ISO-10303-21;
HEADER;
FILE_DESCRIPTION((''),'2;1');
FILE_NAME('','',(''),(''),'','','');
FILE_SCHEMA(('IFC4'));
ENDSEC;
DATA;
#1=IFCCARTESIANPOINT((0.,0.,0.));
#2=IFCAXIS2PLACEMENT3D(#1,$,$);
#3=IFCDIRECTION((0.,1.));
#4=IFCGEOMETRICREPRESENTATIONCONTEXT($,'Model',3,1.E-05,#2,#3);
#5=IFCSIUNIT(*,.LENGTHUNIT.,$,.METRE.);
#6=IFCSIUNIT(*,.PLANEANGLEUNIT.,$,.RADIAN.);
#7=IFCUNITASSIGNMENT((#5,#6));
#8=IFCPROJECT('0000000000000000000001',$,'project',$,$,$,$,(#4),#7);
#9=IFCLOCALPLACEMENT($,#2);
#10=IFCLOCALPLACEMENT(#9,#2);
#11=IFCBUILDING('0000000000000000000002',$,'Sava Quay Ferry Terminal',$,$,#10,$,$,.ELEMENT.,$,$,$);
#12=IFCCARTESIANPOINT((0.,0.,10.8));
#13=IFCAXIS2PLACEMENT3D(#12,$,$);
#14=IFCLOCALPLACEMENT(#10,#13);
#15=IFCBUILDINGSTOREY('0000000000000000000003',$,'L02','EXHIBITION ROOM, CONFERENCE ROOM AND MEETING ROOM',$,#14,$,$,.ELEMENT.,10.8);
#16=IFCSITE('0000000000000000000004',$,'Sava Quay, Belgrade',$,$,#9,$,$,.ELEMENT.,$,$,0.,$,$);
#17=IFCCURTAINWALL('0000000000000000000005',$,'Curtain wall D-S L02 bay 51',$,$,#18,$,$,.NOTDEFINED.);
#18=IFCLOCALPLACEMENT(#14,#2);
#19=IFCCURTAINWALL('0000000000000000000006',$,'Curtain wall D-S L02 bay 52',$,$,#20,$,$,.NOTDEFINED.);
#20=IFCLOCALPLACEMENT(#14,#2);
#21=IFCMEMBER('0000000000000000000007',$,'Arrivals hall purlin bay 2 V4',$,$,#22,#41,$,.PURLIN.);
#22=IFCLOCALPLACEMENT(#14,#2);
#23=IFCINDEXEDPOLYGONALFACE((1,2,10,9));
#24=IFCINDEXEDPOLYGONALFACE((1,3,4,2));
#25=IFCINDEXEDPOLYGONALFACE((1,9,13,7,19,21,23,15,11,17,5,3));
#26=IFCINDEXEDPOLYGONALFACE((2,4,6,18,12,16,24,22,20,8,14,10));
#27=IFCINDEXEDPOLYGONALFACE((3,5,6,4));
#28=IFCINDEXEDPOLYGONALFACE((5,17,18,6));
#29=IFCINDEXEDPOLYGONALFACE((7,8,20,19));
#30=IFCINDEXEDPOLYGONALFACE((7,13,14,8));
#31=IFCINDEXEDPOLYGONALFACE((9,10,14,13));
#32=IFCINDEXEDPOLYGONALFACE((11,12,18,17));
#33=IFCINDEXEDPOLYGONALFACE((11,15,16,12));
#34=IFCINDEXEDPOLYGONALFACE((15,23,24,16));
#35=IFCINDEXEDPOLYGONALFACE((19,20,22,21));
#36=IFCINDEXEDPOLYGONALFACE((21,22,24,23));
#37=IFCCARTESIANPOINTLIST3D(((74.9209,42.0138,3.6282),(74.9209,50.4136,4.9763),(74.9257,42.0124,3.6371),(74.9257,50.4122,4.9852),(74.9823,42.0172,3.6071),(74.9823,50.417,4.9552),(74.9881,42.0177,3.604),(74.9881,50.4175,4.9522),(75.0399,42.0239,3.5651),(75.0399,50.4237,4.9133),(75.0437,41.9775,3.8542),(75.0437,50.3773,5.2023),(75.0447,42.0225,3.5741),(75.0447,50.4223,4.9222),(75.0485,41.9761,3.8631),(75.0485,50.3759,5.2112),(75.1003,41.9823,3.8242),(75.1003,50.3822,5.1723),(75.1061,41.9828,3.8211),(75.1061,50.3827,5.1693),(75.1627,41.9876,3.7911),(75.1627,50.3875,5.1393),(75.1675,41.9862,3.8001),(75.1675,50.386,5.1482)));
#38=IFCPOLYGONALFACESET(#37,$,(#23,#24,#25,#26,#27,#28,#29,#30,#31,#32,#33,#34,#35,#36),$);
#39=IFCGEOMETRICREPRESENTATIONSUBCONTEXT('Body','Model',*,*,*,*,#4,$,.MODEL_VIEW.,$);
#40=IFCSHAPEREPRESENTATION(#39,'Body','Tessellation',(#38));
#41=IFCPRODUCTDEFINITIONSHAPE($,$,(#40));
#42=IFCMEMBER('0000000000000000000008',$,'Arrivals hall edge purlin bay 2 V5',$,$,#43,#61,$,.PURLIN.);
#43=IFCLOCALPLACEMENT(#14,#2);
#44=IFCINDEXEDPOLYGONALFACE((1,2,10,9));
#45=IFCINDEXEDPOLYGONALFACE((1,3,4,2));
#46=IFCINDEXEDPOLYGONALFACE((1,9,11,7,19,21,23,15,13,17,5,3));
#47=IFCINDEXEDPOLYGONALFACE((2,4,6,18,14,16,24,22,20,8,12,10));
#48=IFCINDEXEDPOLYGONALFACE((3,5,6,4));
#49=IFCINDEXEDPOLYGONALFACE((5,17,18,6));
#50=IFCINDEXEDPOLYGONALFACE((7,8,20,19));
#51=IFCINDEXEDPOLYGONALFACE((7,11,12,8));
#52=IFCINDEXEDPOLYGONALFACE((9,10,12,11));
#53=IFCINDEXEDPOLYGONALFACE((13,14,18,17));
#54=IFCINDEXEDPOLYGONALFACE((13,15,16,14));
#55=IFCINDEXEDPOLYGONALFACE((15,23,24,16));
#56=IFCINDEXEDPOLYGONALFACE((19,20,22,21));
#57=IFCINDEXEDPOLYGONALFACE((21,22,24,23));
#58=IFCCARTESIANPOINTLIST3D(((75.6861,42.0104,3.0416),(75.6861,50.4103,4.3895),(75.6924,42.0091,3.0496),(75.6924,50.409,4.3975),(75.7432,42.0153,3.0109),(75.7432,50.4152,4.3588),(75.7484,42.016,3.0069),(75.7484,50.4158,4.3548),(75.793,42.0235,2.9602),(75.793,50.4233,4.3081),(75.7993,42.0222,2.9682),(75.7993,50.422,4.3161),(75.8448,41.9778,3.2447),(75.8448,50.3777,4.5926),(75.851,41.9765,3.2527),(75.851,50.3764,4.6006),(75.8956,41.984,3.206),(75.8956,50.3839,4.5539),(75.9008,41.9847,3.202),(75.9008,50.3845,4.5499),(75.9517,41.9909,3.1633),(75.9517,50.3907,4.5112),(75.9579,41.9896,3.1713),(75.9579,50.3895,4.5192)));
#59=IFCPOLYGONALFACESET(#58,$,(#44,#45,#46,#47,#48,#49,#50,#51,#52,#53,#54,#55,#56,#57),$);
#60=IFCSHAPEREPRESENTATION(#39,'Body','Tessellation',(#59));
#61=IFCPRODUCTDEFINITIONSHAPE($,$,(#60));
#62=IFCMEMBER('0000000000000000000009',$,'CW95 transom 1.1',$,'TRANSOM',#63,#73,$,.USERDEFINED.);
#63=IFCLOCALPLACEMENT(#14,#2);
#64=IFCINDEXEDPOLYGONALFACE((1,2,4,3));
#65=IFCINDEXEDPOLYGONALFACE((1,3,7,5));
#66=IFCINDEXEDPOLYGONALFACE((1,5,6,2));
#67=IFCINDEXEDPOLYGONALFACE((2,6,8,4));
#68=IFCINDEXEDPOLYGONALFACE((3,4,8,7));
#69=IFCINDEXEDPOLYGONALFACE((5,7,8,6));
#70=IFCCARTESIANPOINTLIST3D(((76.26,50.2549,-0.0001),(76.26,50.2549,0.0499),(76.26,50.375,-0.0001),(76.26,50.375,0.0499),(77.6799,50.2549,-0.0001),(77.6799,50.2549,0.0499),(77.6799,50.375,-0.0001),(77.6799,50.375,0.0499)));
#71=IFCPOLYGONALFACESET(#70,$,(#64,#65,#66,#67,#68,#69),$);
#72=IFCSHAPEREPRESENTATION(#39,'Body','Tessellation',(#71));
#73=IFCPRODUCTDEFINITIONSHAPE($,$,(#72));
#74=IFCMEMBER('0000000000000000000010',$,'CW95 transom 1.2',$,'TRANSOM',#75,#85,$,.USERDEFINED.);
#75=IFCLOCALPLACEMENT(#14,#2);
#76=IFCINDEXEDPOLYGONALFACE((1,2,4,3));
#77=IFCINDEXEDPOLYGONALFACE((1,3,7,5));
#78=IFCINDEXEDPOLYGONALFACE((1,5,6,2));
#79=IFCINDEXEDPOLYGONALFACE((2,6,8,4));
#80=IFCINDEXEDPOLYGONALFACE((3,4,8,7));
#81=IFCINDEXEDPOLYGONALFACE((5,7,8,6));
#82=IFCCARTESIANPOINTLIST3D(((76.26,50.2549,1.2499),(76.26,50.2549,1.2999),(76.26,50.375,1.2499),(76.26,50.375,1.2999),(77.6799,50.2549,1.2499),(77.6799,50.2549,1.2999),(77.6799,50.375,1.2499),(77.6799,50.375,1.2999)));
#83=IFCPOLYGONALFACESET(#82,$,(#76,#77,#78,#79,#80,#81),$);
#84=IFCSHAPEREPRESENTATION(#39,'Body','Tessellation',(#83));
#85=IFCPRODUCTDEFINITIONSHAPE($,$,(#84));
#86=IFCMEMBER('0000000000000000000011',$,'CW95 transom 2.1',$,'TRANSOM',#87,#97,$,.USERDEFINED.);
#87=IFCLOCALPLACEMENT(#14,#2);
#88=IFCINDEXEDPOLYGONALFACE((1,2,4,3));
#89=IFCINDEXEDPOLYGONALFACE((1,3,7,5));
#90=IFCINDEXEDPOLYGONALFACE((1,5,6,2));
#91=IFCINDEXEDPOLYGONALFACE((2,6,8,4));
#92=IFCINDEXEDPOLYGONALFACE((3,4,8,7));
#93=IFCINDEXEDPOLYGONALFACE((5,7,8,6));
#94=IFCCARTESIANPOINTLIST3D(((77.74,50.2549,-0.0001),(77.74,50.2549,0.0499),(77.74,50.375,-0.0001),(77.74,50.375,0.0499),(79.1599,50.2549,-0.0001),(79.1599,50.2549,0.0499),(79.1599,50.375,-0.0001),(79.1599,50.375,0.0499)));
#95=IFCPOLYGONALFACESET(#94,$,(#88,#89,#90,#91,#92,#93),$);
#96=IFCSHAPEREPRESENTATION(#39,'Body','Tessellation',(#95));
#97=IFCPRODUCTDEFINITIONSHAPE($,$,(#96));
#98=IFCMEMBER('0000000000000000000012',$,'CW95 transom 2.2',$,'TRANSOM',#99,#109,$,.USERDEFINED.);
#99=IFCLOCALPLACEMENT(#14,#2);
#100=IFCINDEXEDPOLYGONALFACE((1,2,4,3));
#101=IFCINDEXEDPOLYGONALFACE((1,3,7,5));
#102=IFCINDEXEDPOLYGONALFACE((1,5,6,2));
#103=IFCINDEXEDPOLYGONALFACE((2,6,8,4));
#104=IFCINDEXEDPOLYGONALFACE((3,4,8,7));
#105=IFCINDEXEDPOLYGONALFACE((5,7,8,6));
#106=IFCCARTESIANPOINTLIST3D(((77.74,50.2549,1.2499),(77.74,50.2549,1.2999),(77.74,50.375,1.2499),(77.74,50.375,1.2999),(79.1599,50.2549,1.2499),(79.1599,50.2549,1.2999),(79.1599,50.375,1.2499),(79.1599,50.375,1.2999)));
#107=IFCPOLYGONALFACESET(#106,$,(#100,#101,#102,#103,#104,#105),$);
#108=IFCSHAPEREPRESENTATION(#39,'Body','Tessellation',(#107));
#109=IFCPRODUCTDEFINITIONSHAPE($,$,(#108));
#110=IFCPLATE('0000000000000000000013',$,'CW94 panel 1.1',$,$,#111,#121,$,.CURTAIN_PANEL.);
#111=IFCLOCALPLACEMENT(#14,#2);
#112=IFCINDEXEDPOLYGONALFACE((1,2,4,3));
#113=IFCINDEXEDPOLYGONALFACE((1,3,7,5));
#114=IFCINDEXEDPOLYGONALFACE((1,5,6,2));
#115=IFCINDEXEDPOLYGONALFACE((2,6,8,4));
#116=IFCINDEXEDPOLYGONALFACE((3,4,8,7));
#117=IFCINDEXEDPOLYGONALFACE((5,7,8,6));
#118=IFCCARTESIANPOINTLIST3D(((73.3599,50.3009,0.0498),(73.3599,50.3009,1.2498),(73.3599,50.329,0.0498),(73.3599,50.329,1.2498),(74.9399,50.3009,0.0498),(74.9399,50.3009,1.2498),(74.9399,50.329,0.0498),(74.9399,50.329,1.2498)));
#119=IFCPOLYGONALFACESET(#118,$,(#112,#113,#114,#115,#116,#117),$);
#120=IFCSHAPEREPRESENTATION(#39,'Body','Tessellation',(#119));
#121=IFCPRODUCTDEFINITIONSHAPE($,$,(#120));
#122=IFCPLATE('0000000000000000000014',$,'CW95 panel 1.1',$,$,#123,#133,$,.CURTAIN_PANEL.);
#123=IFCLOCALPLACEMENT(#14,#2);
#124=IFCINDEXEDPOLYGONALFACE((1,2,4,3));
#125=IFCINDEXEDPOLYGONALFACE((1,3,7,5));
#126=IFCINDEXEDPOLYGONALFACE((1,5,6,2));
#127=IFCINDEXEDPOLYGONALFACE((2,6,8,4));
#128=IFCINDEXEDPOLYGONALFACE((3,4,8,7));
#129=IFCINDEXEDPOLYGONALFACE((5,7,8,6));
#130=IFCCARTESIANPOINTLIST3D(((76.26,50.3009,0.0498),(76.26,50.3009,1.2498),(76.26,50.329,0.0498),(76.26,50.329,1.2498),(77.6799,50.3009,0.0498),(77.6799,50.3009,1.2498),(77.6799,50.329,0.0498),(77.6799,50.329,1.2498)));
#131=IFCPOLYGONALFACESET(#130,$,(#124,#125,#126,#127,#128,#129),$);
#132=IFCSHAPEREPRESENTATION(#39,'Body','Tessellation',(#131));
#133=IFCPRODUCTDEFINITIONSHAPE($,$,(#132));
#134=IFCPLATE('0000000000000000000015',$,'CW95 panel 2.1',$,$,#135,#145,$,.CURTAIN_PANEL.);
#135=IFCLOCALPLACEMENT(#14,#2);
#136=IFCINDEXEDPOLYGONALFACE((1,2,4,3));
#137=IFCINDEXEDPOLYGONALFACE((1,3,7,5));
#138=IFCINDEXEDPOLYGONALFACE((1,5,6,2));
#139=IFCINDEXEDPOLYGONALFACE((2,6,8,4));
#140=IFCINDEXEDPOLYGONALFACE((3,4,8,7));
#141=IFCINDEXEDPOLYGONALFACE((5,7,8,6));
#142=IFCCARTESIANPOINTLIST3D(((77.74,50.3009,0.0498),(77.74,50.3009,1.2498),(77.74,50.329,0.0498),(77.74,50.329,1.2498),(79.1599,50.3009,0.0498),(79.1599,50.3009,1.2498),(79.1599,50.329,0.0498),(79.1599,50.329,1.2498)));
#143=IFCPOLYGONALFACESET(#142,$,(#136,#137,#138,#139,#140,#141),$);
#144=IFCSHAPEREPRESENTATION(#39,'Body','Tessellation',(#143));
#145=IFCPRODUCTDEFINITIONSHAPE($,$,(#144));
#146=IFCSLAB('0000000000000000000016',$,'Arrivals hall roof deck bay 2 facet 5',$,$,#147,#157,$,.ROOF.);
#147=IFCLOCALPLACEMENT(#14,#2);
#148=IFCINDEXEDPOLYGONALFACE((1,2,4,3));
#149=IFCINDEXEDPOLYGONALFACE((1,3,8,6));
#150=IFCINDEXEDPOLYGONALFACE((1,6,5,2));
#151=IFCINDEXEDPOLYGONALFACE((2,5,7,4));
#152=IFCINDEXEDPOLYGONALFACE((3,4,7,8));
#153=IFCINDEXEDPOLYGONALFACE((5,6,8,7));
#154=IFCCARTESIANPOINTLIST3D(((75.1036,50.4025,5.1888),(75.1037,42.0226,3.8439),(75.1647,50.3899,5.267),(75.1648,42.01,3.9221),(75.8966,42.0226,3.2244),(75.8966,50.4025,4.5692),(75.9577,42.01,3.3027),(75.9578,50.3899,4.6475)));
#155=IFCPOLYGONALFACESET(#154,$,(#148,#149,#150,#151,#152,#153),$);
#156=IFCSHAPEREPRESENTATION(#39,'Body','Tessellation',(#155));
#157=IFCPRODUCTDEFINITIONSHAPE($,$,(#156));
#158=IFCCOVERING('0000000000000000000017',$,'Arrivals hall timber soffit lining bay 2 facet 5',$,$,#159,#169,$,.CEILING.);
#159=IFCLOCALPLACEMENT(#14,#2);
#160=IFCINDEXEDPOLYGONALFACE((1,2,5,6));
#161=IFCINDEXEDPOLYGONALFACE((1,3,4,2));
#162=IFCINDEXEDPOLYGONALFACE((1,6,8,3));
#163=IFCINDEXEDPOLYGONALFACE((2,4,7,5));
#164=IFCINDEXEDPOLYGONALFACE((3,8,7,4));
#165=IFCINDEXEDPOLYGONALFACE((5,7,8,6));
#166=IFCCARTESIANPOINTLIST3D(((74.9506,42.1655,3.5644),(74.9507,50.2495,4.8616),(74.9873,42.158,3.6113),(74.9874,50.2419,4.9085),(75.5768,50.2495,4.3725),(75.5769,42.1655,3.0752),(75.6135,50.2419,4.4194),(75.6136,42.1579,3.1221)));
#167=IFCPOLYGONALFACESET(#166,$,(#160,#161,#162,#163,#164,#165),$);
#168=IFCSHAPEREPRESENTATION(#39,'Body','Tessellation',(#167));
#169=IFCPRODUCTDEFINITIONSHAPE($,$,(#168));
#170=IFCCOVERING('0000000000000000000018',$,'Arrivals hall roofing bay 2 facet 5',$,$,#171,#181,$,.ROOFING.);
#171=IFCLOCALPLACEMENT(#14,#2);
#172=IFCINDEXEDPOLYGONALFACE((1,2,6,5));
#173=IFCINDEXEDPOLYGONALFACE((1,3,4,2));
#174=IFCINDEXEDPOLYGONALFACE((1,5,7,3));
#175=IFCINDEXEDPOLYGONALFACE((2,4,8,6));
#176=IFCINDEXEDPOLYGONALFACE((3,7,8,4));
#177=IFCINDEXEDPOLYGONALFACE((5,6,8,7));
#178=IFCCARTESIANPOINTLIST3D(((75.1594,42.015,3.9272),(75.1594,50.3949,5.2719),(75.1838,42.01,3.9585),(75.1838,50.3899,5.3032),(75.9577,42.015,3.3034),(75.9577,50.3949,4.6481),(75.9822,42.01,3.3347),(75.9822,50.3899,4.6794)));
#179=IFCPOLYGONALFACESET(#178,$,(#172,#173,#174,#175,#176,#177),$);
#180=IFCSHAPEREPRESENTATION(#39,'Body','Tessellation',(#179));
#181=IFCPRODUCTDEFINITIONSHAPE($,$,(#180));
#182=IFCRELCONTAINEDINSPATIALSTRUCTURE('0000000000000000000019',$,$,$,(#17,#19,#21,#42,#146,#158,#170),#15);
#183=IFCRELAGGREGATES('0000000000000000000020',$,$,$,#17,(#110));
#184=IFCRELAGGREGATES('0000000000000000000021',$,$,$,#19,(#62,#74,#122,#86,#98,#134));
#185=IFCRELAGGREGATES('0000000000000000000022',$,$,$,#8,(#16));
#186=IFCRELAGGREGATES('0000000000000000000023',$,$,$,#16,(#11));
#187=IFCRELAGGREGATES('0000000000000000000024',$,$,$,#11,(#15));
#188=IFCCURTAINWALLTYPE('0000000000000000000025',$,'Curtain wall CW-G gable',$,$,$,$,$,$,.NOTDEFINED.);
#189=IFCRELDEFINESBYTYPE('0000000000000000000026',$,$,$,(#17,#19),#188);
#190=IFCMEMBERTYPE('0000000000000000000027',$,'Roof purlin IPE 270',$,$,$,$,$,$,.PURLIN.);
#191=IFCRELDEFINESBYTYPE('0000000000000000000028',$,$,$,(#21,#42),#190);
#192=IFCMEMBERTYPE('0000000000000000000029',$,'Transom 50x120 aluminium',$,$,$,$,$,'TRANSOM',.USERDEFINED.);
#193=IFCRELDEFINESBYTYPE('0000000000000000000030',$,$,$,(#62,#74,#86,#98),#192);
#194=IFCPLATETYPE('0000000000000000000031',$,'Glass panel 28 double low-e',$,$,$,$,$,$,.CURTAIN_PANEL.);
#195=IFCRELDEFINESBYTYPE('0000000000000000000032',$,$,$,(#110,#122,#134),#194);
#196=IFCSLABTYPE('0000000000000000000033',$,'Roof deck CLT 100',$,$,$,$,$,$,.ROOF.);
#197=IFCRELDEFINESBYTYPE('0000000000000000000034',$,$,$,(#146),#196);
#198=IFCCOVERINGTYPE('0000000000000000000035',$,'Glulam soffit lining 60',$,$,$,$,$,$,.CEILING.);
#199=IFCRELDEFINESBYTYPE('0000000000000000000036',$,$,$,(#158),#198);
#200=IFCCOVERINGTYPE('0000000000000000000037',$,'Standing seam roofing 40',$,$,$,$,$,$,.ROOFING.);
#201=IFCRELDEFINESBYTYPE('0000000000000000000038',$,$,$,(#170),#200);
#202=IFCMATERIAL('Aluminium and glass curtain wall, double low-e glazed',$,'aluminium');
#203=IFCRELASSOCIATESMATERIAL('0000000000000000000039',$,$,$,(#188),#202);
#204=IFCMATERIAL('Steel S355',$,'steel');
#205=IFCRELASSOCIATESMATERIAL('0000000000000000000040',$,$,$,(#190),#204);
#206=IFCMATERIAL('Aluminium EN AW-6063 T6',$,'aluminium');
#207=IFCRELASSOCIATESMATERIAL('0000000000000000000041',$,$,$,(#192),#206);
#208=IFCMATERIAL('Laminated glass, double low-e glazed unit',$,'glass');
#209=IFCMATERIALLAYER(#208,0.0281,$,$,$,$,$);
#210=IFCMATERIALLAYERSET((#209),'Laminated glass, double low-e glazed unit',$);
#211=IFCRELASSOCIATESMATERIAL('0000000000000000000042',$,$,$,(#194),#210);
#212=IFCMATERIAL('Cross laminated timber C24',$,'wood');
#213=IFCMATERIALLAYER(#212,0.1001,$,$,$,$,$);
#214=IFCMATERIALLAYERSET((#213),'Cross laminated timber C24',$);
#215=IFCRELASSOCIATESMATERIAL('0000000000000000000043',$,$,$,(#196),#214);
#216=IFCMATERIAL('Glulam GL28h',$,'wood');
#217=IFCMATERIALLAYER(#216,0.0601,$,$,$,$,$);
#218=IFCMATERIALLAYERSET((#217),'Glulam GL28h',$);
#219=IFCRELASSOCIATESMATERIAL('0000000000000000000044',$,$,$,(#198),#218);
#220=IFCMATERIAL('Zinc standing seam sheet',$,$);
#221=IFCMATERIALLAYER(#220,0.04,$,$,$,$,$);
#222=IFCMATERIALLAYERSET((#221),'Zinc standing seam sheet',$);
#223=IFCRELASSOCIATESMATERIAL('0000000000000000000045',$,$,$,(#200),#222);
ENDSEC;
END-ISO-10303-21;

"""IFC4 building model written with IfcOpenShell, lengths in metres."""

from ifc_helpers import new_model, si_unit, direction, frame, origin, origin_2d, place, context, subcontext, project, spatial, polyline, rectangle, i_section, outline, extrude, material, layer, layer_set, material_profile, profile_set, type_object, element, aggregate, save


model = new_model("IFC4")

# Units and contexts
model_context = context("Model", 3, precision=1e-05, world=origin(), true_north=direction((0.0, 1.0)))
body_context = subcontext(model_context, "Body", "Model", "MODEL_VIEW")
ifc_project = project(units=[si_unit("LENGTHUNIT", "METRE"), si_unit("PLANEANGLEUNIT", "RADIAN")], contexts=[model_context])

# Site, building, storey
site_placement = place(None, origin())
site = spatial("IfcSite", under=ifc_project, at=site_placement, Name="Sava Quay, Belgrade", CompositionType="ELEMENT", RefElevation=0.0)
building_placement = place(site_placement, origin())
building = spatial("IfcBuilding", under=site, at=building_placement, Name="Sava Quay Ferry Terminal", CompositionType="ELEMENT")
storey_placement = place(building_placement, frame((0.0, 0.0, 10.8)))
storey = spatial("IfcBuildingStorey", under=building, at=storey_placement, Name="L02", Description="EXHIBITION ROOM, CONFERENCE ROOM AND MEETING ROOM", CompositionType="ELEMENT", Elevation=10.8)

# Curtain wall
ifc_material_1 = material(Name="Aluminium and glass curtain wall, double low-e glazed", Category="aluminium")
curtain_wall_type = type_object("IfcCurtainWallType", Name="Curtain wall CW-G gable", PredefinedType="NOTDEFINED", material=ifc_material_1)
curtain_wall_1_placement = place(storey_placement, origin())
curtain_wall_1 = element("IfcCurtainWall", 1, at=curtain_wall_1_placement, inside=storey, type_object=curtain_wall_type, Name="Curtain wall D-S L02 bay 51", PredefinedType="NOTDEFINED")

# Curtain wall
curtain_wall_2_placement = place(storey_placement, origin())
curtain_wall_2 = element("IfcCurtainWall", 2, at=curtain_wall_2_placement, inside=storey, type_object=curtain_wall_type, Name="Curtain wall D-S L02 bay 52", PredefinedType="NOTDEFINED")

# Members
ifc_material_2 = material(Name="Steel S355", Category="steel")
ifc_material_profile_1 = material_profile(ifc_material_2, i_section(OverallWidth=0.135, OverallDepth=0.27, WebThickness=0.0066, FlangeThickness=0.0103, at=origin_2d()), Name="IPE 270")
ifc_profile_set_1 = profile_set([ifc_material_profile_1], Name="Steel S355")
member_type_1 = type_object("IfcMemberType", Name="Roof purlin IPE 270", PredefinedType="PURLIN", material=ifc_profile_set_1)
for number, where, z_axis, x_axis, name in (
    (3, (75.0442, 42.0, 3.7141), (0.0, 0.987364, 0.158467), (-0.881204, -0.074913, 0.466762), "Arrivals hall purlin bay 2 V4"),
    (4, (75.822, 42.0, 3.1064), (0.0, 0.987369, 0.158439), (-0.791787, -0.096774, 0.603082), "Arrivals hall edge purlin bay 2 V5"),
):
    element("IfcMember", number, at=place(storey_placement, frame(where, z_axis=z_axis, x_axis=x_axis)), inside=storey, type_object=member_type_1, Name=name, PredefinedType="PURLIN", context=body_context, shape_type="SweptSolid", body=[
        extrude(i_section(OverallWidth=0.135, OverallDepth=0.27, WebThickness=0.0066, FlangeThickness=0.0103, at=origin_2d()), origin(), (0.0, 0.0, 1.0), 8.5073),
    ])

# Members
ifc_material_3 = material(Name="Aluminium EN AW-6063 T6", Category="aluminium")
ifc_material_profile_2 = material_profile(ifc_material_3, rectangle(XDim=0.1201, YDim=0.05, at=origin_2d()), Name="Transom 50x120 aluminium")
ifc_profile_set_2 = profile_set([ifc_material_profile_2], Name="Aluminium EN AW-6063 T6")
member_type_2 = type_object("IfcMemberType", Name="Transom 50x120 aluminium", ElementType="TRANSOM", PredefinedType="USERDEFINED", material=ifc_profile_set_2)
member_1_placement = place(storey_placement, frame((76.26, 50.3149, 0.0249), z_axis=(1.0, 0.0, 0.0), x_axis=(0.0, 1.0, 0.0)))
member_1 = element("IfcMember", 5, at=member_1_placement, type_object=member_type_2, Name="CW95 transom 1.1", ObjectType="TRANSOM", PredefinedType="USERDEFINED", context=body_context, shape_type="SweptSolid", body=[
    extrude(rectangle(XDim=0.1201, YDim=0.05, at=origin_2d()), origin(), (0.0, 0.0, 1.0), 1.4199),
])
member_2_placement = place(storey_placement, frame((76.26, 50.3149, 1.2749), z_axis=(1.0, 0.0, 0.0), x_axis=(0.0, 1.0, 0.0)))
member_2 = element("IfcMember", 6, at=member_2_placement, type_object=member_type_2, Name="CW95 transom 1.2", ObjectType="TRANSOM", PredefinedType="USERDEFINED", context=body_context, shape_type="SweptSolid", body=[
    extrude(rectangle(XDim=0.1201, YDim=0.05, at=origin_2d()), origin(), (0.0, 0.0, 1.0), 1.4199),
])
member_3_placement = place(storey_placement, frame((77.74, 50.3149, 0.0249), z_axis=(1.0, 0.0, 0.0), x_axis=(0.0, 1.0, 0.0)))
member_3 = element("IfcMember", 7, at=member_3_placement, type_object=member_type_2, Name="CW95 transom 2.1", ObjectType="TRANSOM", PredefinedType="USERDEFINED", context=body_context, shape_type="SweptSolid", body=[
    extrude(rectangle(XDim=0.1201, YDim=0.05, at=origin_2d()), origin(), (0.0, 0.0, 1.0), 1.4199),
])
member_4_placement = place(storey_placement, frame((77.74, 50.3149, 1.2749), z_axis=(1.0, 0.0, 0.0), x_axis=(0.0, 1.0, 0.0)))
member_4 = element("IfcMember", 8, at=member_4_placement, type_object=member_type_2, Name="CW95 transom 2.2", ObjectType="TRANSOM", PredefinedType="USERDEFINED", context=body_context, shape_type="SweptSolid", body=[
    extrude(rectangle(XDim=0.1201, YDim=0.05, at=origin_2d()), origin(), (0.0, 0.0, 1.0), 1.4199),
])

# Plates
ifc_material_4 = material(Name="Laminated glass, double low-e glazed unit", Category="glass")
ifc_layer_1 = layer(ifc_material_4, 0.0281)
ifc_layer_set_1 = layer_set([ifc_layer_1], Name="Laminated glass, double low-e glazed unit")
plate_type = type_object("IfcPlateType", Name="Glass panel 28 double low-e", PredefinedType="CURTAIN_PANEL", material=ifc_layer_set_1)
plate_1_placement = place(storey_placement, frame((74.1499, 50.3149, 0.0498), z_axis=(0.0, 0.0, 1.0), x_axis=(1.0, 0.0, 0.0)))
plate_1 = element("IfcPlate", 9, at=plate_1_placement, type_object=plate_type, Name="CW94 panel 1.1", PredefinedType="CURTAIN_PANEL", context=body_context, shape_type="SweptSolid", body=[
    extrude(rectangle(XDim=1.5801, YDim=0.0281, at=origin_2d()), origin(), (0.0, 0.0, 1.0), 1.2),
])
aggregate(curtain_wall_1, [plate_1])
plate_2_placement = place(storey_placement, frame((76.97, 50.3149, 0.0498), z_axis=(0.0, 0.0, 1.0), x_axis=(1.0, 0.0, 0.0)))
plate_2 = element("IfcPlate", 10, at=plate_2_placement, type_object=plate_type, Name="CW95 panel 1.1", PredefinedType="CURTAIN_PANEL", context=body_context, shape_type="SweptSolid", body=[
    extrude(rectangle(XDim=1.4199, YDim=0.0281, at=origin_2d()), origin(), (0.0, 0.0, 1.0), 1.2),
])
plate_3_placement = place(storey_placement, frame((78.45, 50.3149, 0.0498), z_axis=(0.0, 0.0, 1.0), x_axis=(1.0, 0.0, 0.0)))
plate_3 = element("IfcPlate", 11, at=plate_3_placement, type_object=plate_type, Name="CW95 panel 2.1", PredefinedType="CURTAIN_PANEL", context=body_context, shape_type="SweptSolid", body=[
    extrude(rectangle(XDim=1.4199, YDim=0.0281, at=origin_2d()), origin(), (0.0, 0.0, 1.0), 1.2),
])
aggregate(curtain_wall_2, [member_1, member_2, plate_2, member_3, member_4, plate_3])

# Slab
ifc_material_5 = material(Name="Cross laminated timber C24", Category="wood")
ifc_layer_2 = layer(ifc_material_5, 0.1001)
ifc_layer_set_2 = layer_set([ifc_layer_2], Name="Cross laminated timber C24")
slab_type = type_object("IfcSlabType", Name="Roof deck CLT 100", PredefinedType="ROOF", material=ifc_layer_set_2)
slab_placement = place(storey_placement, frame((75.1648, 42.01, 3.9221), z_axis=(0.610779, -0.125467, 0.781797), x_axis=(-0.000007, 0.987365, 0.158463)))
element("IfcSlab", 12, at=slab_placement, inside=storey, type_object=slab_type, Name="Arrivals hall roof deck bay 2 facet 5", PredefinedType="ROOF", context=body_context, shape_type="SweptSolid", body=[
    extrude(outline(polyline([(0.0, 0.0), (8.4871, 0.0), (8.3889, -1.0015), (-0.0982, -1.0014), (0.0, 0.0)])), origin(), (0.0, 0.0, -1.0), 0.1001),
])

# Coverings
ifc_material_6 = material(Name="Glulam GL28h", Category="wood")
ifc_layer_3 = layer(ifc_material_6, 0.0601)
ifc_layer_set_3 = layer_set([ifc_layer_3], Name="Glulam GL28h")
covering_type_1 = type_object("IfcCoveringType", Name="Glulam soffit lining 60", PredefinedType="CEILING", material=ifc_layer_set_3)
covering_1_placement = place(storey_placement, frame((74.9873, 42.158, 3.6113), z_axis=(0.610702, -0.125465, 0.781858), x_axis=(0.000007, 0.987369, 0.158438)))
element("IfcCovering", 13, at=covering_1_placement, inside=storey, type_object=covering_type_1, Name="Arrivals hall timber soffit lining bay 2 facet 5", PredefinedType="CEILING", context=body_context, shape_type="SweptSolid", body=[
    extrude(outline(polyline([(0.0, 0.0), (8.1874, 0.0), (8.1099, -0.7907), (-0.0775, -0.7909), (0.0, 0.0)])), origin(), (0.0, 0.0, -1.0), 0.0601),
])
ifc_material_7 = material(Name="Zinc standing seam sheet")
ifc_layer_4 = layer(ifc_material_7, 0.04)
ifc_layer_set_4 = layer_set([ifc_layer_4], Name="Zinc standing seam sheet")
covering_type_2 = type_object("IfcCoveringType", Name="Standing seam roofing 40", PredefinedType="ROOFING", material=ifc_layer_set_4)
covering_2_placement = place(storey_placement, frame((75.1838, 42.01, 3.9585), z_axis=(0.610827, -0.12545, 0.781763), x_axis=(0.0, 0.987368, 0.158444)))
element("IfcCovering", 14, at=covering_2_placement, inside=storey, type_object=covering_type_2, Name="Arrivals hall roofing bay 2 facet 5", PredefinedType="ROOFING", context=body_context, shape_type="SweptSolid", body=[
    extrude(outline(polyline([(0.0, 0.0), (8.4871, 0.0), (8.3883, -1.0083), (-0.0988, -1.0083), (0.0, 0.0)])), origin(), (0.0, 0.0, -1.0), 0.04),
])

save(model, "model.ifc")
